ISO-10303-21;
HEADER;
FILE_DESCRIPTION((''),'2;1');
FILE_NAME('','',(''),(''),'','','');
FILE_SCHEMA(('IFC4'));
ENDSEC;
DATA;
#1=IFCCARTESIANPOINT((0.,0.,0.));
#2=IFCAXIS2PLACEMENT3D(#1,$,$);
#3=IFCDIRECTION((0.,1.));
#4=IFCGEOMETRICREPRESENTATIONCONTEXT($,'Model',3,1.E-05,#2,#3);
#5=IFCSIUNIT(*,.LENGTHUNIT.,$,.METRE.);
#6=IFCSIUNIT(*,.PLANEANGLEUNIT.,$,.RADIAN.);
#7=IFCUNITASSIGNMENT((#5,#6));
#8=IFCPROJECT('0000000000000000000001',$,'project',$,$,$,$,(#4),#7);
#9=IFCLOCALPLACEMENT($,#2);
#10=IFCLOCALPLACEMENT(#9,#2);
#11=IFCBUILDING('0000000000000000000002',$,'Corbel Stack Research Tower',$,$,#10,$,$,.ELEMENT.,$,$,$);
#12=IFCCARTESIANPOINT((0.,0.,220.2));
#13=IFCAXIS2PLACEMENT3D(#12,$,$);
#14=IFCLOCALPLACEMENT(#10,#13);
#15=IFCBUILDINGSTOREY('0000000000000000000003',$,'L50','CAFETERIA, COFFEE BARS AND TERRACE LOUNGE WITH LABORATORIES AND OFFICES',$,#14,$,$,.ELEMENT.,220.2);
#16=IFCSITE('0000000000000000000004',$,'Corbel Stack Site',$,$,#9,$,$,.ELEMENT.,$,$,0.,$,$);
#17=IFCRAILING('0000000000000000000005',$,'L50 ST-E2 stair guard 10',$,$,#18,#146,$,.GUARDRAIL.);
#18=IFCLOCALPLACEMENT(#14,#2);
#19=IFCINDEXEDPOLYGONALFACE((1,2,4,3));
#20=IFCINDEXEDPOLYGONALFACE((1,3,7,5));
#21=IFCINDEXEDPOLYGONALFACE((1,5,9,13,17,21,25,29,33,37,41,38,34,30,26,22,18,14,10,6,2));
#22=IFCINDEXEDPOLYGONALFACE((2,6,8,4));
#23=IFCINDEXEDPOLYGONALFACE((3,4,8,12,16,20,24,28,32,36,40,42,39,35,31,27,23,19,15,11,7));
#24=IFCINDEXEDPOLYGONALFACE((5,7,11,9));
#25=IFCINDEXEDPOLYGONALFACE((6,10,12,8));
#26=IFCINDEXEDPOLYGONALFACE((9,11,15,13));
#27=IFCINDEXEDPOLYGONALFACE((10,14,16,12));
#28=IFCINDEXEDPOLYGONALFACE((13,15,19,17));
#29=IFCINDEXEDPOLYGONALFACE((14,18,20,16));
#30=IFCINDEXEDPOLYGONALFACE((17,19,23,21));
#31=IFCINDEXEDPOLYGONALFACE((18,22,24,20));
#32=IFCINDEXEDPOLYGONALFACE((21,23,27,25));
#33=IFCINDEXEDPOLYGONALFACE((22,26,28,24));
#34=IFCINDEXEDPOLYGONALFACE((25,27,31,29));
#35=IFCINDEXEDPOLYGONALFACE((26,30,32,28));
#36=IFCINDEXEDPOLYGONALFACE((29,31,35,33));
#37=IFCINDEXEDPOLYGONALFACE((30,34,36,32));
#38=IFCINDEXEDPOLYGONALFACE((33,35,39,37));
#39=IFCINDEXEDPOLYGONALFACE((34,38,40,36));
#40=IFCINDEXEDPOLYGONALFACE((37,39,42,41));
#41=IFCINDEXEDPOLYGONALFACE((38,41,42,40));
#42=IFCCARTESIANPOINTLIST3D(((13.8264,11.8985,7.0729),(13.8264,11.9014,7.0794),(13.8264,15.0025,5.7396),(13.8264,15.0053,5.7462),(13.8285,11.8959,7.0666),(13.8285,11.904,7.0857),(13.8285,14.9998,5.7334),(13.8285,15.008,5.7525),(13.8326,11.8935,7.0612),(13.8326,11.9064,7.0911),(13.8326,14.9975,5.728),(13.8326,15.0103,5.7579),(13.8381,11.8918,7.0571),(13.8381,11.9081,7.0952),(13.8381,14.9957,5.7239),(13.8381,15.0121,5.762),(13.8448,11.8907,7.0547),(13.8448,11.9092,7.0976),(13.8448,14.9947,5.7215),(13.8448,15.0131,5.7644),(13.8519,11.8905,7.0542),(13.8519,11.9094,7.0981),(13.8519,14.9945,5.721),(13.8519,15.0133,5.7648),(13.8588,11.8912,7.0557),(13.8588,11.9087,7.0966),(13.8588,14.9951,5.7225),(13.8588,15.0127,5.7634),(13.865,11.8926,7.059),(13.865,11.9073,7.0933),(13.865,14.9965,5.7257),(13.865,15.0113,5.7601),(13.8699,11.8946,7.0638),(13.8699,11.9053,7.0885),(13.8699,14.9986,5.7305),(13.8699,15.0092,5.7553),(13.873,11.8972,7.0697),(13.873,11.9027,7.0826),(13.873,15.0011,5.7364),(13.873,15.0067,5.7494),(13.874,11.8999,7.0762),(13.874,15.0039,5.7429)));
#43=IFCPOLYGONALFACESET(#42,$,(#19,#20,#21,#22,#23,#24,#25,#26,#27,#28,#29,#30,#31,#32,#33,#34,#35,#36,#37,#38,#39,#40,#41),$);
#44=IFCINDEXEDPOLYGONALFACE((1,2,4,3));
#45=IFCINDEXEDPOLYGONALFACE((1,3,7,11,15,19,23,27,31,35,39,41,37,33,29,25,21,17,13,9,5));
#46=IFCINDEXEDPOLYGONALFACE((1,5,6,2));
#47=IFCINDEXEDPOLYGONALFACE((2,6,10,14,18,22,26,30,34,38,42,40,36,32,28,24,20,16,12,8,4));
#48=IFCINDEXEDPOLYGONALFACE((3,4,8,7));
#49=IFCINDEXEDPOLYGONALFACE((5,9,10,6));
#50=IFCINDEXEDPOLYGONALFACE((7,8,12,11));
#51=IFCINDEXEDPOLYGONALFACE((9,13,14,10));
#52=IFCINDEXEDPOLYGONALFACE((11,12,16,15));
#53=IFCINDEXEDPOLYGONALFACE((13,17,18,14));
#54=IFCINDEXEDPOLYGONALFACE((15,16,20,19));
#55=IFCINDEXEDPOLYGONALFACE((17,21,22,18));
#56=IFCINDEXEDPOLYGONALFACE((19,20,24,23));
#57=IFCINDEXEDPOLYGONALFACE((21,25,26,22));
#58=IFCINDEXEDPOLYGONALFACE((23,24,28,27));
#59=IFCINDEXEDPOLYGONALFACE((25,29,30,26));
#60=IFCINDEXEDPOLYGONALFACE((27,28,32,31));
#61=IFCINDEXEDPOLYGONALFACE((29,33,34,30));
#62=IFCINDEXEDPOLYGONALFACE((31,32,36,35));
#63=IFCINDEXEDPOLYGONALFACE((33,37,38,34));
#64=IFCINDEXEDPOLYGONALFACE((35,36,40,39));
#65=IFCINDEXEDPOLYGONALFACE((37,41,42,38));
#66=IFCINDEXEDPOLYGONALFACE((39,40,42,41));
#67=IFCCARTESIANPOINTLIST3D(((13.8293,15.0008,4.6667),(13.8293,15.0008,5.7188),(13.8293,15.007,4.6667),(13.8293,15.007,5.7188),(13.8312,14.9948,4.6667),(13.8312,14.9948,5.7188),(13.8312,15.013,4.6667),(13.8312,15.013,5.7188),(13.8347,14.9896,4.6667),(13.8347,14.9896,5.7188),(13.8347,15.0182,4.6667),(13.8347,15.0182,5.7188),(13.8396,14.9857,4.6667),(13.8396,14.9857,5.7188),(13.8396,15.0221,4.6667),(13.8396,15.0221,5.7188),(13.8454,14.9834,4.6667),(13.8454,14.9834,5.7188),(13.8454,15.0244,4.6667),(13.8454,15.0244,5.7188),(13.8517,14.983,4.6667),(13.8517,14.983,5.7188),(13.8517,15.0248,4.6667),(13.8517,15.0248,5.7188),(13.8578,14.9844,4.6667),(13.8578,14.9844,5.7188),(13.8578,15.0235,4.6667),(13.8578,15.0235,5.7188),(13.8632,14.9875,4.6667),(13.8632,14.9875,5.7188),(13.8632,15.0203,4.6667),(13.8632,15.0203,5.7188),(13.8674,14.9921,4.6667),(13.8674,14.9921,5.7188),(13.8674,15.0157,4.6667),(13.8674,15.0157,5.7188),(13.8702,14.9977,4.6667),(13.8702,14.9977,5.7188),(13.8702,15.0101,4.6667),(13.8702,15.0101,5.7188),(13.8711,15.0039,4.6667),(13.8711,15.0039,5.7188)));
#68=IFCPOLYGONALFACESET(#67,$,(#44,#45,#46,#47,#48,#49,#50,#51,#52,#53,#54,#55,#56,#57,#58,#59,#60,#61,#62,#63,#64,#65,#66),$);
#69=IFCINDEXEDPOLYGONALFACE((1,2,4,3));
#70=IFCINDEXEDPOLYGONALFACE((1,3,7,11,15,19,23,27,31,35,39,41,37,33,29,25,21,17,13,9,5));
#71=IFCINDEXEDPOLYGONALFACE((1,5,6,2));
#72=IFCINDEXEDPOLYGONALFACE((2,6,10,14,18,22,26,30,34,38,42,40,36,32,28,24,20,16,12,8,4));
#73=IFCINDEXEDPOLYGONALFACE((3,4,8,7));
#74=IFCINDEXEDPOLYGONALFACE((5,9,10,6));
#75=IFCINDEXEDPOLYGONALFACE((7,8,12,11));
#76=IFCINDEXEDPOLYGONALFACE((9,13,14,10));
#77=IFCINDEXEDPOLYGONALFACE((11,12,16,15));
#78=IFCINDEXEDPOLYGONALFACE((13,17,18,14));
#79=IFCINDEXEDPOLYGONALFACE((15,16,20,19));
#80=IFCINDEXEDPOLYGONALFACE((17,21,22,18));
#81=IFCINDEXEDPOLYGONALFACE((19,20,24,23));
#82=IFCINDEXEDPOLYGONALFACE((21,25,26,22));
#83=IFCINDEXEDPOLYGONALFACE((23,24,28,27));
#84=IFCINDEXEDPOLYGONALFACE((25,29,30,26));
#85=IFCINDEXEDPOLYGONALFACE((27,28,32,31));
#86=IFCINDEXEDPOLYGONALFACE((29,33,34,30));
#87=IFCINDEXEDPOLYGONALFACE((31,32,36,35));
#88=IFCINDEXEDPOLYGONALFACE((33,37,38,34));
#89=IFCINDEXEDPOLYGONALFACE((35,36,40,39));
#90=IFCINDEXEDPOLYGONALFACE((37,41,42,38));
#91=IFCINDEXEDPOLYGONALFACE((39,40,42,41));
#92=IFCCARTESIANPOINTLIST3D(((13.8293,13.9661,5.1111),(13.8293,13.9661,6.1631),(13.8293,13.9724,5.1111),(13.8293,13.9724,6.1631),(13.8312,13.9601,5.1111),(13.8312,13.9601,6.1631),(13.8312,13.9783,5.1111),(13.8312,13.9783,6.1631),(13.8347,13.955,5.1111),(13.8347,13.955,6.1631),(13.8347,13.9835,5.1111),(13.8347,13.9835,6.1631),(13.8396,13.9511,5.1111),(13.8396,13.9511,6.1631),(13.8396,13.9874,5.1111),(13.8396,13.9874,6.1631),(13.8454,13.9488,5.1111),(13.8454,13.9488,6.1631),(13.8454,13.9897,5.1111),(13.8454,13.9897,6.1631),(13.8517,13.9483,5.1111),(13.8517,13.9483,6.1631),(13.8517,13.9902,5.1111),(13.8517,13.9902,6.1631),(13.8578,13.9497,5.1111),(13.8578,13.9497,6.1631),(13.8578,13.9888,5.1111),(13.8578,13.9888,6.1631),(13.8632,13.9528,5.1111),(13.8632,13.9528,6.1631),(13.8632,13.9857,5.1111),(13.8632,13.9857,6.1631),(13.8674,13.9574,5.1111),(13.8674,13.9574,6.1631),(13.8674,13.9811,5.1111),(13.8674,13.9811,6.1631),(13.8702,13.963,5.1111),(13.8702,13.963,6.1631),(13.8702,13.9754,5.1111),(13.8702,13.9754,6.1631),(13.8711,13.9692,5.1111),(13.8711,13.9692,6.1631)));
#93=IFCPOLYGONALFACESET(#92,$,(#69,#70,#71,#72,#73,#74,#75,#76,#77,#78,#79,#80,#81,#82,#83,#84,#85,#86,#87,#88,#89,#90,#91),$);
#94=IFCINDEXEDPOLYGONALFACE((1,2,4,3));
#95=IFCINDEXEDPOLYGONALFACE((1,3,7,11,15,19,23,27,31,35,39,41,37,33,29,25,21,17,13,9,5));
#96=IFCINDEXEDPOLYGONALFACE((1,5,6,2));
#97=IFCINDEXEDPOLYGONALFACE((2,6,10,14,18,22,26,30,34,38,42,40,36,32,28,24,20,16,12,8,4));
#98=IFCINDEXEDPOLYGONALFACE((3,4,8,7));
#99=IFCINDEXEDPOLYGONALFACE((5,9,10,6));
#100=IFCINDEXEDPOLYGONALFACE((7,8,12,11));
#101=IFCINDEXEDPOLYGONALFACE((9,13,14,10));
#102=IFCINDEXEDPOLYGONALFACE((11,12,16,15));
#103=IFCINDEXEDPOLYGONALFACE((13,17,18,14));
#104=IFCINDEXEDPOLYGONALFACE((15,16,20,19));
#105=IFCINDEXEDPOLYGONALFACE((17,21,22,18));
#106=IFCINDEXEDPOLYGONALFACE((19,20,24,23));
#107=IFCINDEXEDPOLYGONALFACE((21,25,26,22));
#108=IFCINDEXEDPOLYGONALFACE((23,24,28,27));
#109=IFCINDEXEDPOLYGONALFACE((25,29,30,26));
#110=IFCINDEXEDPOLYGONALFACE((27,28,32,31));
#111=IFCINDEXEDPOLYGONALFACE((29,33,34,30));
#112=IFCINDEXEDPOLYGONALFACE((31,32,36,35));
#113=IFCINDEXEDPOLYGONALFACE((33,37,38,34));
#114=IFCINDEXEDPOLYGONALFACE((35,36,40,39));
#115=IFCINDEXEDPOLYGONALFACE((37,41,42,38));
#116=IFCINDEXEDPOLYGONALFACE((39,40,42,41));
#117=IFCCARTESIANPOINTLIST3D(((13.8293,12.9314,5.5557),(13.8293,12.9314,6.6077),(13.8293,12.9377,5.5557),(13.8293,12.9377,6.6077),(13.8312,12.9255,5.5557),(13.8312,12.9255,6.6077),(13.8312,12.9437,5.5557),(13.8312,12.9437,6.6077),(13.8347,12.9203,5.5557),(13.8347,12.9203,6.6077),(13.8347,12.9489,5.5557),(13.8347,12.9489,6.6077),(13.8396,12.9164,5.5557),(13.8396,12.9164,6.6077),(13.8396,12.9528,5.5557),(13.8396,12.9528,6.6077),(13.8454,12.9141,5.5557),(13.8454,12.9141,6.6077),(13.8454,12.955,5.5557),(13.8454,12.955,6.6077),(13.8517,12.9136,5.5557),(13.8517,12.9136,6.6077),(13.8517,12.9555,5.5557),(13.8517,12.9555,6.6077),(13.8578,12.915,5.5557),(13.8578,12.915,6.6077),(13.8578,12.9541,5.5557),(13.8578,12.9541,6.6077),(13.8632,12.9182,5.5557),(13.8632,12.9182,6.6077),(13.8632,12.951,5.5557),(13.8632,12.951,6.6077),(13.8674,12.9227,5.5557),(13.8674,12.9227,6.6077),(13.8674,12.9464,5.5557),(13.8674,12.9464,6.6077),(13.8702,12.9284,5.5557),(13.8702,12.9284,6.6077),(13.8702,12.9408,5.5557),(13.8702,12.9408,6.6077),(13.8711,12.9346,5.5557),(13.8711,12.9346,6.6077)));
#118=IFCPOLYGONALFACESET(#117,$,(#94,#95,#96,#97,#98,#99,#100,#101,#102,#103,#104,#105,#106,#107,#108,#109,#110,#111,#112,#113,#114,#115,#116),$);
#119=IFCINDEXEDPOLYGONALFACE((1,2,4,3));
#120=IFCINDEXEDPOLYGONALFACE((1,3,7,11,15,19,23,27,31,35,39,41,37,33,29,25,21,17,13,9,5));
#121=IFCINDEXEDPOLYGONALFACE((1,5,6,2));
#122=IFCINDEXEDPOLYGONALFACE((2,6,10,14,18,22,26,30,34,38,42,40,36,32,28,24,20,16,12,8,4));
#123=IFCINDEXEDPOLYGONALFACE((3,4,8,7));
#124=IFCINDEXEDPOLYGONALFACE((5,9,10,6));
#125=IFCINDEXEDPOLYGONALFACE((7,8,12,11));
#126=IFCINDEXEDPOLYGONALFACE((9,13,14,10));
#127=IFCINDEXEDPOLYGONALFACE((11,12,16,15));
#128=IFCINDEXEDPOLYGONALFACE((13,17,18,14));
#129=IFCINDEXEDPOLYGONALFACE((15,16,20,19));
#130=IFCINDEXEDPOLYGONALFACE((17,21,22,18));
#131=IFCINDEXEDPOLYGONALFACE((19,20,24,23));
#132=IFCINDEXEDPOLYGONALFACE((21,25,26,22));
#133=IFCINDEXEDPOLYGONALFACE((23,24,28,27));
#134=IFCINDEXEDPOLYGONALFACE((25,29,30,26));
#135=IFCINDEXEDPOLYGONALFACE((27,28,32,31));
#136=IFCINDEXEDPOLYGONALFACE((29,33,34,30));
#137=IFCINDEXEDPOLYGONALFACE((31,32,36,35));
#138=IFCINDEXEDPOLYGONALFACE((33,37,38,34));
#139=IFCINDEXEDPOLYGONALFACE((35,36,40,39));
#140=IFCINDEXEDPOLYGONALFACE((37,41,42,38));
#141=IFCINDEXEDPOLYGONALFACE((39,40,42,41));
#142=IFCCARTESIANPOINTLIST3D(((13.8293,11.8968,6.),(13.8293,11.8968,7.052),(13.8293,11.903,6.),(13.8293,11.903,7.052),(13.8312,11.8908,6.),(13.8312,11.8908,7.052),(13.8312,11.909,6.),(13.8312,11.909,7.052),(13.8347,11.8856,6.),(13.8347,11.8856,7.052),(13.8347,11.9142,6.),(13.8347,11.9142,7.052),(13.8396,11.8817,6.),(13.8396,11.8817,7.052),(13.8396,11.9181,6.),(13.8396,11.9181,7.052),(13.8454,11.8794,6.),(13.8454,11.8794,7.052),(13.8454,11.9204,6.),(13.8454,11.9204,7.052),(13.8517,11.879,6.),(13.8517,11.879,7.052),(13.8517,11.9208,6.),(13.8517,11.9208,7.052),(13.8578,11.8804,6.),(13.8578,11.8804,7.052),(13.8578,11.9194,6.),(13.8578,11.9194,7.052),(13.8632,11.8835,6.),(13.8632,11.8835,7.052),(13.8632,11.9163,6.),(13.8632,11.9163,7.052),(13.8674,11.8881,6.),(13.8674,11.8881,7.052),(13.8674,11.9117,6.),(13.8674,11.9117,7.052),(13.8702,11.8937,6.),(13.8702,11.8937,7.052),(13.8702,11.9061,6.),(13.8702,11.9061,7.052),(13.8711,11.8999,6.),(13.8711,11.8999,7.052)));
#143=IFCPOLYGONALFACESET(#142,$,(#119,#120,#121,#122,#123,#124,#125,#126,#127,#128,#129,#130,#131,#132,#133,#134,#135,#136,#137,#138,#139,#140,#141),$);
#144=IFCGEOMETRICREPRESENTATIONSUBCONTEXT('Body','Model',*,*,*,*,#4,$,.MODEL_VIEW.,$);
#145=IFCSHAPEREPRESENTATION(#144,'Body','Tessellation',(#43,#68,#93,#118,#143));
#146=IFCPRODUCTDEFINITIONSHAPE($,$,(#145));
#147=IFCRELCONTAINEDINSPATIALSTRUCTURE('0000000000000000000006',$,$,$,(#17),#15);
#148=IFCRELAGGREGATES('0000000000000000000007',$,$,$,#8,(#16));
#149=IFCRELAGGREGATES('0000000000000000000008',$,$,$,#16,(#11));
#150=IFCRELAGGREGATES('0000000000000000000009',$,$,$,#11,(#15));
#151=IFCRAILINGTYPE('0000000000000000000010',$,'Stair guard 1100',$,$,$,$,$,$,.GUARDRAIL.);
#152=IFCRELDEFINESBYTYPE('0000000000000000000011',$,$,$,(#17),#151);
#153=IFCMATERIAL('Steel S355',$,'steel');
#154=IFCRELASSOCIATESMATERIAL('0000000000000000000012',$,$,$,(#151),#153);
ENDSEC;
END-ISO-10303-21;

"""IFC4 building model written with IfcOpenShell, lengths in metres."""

from ifc_helpers import new_model, si_unit, direction, frame, origin, origin_2d, place, context, subcontext, project, spatial, circle, extrude, material, type_object, element, save


model = new_model("IFC4")

# Units and contexts
model_context = context("Model", 3, precision=1e-05, world=origin(), true_north=direction((0.0, 1.0)))
body_context = subcontext(model_context, "Body", "Model", "MODEL_VIEW")
ifc_project = project(units=[si_unit("LENGTHUNIT", "METRE"), si_unit("PLANEANGLEUNIT", "RADIAN")], contexts=[model_context])

# Site, building, storey
site_placement = place(None, origin())
site = spatial("IfcSite", under=ifc_project, at=site_placement, Name="Corbel Stack Site", CompositionType="ELEMENT", RefElevation=0.0)
building_placement = place(site_placement, origin())
building = spatial("IfcBuilding", under=site, at=building_placement, Name="Corbel Stack Research Tower", CompositionType="ELEMENT")
storey_placement = place(building_placement, frame((0.0, 0.0, 220.2)))
storey = spatial("IfcBuildingStorey", under=building, at=storey_placement, Name="L50", Description="CAFETERIA, COFFEE BARS AND TERRACE LOUNGE WITH LABORATORIES AND OFFICES", CompositionType="ELEMENT", Elevation=220.2)

# Railing
ifc_material_1 = material(Name="Steel S355", Category="steel")
railing_type_1 = type_object("IfcRailingType", Name="Stair guard 1100", PredefinedType="GUARDRAIL", material=ifc_material_1)
railing_1_placement = place(storey_placement, frame((13.8501, 15.0039, 4.6667)))
element("IfcRailing", 1, at=railing_1_placement, inside=storey, type_object=railing_type_1, Name="L50 ST-E2 stair guard 10", PredefinedType="GUARDRAIL", context=body_context, shape_type="SweptSolid", body=[
    extrude(circle(Radius=0.0239, at=origin_2d()), frame((0.0, 0.0, 1.0762), z_axis=(0.0, -0.918827, 0.394661), x_axis=(1.0, 0.0, 0.0)), (0.0, 0.0, 1.0), 3.3782),
    extrude(circle(Radius=0.021, at=origin_2d()), origin(), (0.0, 0.0, 1.0), 1.052),
    extrude(circle(Radius=0.021, at=origin_2d()), frame((0.0, -1.0347, 0.4443)), (0.0, 0.0, 1.0), 1.052),
    extrude(circle(Radius=0.021, at=origin_2d()), frame((0.0, -2.0693, 0.8889)), (0.0, 0.0, 1.0), 1.052),
    extrude(circle(Radius=0.021, at=origin_2d()), frame((0.0, -3.104, 1.3333)), (0.0, 0.0, 1.0), 1.052),
])

save(model, "model.ifc")
